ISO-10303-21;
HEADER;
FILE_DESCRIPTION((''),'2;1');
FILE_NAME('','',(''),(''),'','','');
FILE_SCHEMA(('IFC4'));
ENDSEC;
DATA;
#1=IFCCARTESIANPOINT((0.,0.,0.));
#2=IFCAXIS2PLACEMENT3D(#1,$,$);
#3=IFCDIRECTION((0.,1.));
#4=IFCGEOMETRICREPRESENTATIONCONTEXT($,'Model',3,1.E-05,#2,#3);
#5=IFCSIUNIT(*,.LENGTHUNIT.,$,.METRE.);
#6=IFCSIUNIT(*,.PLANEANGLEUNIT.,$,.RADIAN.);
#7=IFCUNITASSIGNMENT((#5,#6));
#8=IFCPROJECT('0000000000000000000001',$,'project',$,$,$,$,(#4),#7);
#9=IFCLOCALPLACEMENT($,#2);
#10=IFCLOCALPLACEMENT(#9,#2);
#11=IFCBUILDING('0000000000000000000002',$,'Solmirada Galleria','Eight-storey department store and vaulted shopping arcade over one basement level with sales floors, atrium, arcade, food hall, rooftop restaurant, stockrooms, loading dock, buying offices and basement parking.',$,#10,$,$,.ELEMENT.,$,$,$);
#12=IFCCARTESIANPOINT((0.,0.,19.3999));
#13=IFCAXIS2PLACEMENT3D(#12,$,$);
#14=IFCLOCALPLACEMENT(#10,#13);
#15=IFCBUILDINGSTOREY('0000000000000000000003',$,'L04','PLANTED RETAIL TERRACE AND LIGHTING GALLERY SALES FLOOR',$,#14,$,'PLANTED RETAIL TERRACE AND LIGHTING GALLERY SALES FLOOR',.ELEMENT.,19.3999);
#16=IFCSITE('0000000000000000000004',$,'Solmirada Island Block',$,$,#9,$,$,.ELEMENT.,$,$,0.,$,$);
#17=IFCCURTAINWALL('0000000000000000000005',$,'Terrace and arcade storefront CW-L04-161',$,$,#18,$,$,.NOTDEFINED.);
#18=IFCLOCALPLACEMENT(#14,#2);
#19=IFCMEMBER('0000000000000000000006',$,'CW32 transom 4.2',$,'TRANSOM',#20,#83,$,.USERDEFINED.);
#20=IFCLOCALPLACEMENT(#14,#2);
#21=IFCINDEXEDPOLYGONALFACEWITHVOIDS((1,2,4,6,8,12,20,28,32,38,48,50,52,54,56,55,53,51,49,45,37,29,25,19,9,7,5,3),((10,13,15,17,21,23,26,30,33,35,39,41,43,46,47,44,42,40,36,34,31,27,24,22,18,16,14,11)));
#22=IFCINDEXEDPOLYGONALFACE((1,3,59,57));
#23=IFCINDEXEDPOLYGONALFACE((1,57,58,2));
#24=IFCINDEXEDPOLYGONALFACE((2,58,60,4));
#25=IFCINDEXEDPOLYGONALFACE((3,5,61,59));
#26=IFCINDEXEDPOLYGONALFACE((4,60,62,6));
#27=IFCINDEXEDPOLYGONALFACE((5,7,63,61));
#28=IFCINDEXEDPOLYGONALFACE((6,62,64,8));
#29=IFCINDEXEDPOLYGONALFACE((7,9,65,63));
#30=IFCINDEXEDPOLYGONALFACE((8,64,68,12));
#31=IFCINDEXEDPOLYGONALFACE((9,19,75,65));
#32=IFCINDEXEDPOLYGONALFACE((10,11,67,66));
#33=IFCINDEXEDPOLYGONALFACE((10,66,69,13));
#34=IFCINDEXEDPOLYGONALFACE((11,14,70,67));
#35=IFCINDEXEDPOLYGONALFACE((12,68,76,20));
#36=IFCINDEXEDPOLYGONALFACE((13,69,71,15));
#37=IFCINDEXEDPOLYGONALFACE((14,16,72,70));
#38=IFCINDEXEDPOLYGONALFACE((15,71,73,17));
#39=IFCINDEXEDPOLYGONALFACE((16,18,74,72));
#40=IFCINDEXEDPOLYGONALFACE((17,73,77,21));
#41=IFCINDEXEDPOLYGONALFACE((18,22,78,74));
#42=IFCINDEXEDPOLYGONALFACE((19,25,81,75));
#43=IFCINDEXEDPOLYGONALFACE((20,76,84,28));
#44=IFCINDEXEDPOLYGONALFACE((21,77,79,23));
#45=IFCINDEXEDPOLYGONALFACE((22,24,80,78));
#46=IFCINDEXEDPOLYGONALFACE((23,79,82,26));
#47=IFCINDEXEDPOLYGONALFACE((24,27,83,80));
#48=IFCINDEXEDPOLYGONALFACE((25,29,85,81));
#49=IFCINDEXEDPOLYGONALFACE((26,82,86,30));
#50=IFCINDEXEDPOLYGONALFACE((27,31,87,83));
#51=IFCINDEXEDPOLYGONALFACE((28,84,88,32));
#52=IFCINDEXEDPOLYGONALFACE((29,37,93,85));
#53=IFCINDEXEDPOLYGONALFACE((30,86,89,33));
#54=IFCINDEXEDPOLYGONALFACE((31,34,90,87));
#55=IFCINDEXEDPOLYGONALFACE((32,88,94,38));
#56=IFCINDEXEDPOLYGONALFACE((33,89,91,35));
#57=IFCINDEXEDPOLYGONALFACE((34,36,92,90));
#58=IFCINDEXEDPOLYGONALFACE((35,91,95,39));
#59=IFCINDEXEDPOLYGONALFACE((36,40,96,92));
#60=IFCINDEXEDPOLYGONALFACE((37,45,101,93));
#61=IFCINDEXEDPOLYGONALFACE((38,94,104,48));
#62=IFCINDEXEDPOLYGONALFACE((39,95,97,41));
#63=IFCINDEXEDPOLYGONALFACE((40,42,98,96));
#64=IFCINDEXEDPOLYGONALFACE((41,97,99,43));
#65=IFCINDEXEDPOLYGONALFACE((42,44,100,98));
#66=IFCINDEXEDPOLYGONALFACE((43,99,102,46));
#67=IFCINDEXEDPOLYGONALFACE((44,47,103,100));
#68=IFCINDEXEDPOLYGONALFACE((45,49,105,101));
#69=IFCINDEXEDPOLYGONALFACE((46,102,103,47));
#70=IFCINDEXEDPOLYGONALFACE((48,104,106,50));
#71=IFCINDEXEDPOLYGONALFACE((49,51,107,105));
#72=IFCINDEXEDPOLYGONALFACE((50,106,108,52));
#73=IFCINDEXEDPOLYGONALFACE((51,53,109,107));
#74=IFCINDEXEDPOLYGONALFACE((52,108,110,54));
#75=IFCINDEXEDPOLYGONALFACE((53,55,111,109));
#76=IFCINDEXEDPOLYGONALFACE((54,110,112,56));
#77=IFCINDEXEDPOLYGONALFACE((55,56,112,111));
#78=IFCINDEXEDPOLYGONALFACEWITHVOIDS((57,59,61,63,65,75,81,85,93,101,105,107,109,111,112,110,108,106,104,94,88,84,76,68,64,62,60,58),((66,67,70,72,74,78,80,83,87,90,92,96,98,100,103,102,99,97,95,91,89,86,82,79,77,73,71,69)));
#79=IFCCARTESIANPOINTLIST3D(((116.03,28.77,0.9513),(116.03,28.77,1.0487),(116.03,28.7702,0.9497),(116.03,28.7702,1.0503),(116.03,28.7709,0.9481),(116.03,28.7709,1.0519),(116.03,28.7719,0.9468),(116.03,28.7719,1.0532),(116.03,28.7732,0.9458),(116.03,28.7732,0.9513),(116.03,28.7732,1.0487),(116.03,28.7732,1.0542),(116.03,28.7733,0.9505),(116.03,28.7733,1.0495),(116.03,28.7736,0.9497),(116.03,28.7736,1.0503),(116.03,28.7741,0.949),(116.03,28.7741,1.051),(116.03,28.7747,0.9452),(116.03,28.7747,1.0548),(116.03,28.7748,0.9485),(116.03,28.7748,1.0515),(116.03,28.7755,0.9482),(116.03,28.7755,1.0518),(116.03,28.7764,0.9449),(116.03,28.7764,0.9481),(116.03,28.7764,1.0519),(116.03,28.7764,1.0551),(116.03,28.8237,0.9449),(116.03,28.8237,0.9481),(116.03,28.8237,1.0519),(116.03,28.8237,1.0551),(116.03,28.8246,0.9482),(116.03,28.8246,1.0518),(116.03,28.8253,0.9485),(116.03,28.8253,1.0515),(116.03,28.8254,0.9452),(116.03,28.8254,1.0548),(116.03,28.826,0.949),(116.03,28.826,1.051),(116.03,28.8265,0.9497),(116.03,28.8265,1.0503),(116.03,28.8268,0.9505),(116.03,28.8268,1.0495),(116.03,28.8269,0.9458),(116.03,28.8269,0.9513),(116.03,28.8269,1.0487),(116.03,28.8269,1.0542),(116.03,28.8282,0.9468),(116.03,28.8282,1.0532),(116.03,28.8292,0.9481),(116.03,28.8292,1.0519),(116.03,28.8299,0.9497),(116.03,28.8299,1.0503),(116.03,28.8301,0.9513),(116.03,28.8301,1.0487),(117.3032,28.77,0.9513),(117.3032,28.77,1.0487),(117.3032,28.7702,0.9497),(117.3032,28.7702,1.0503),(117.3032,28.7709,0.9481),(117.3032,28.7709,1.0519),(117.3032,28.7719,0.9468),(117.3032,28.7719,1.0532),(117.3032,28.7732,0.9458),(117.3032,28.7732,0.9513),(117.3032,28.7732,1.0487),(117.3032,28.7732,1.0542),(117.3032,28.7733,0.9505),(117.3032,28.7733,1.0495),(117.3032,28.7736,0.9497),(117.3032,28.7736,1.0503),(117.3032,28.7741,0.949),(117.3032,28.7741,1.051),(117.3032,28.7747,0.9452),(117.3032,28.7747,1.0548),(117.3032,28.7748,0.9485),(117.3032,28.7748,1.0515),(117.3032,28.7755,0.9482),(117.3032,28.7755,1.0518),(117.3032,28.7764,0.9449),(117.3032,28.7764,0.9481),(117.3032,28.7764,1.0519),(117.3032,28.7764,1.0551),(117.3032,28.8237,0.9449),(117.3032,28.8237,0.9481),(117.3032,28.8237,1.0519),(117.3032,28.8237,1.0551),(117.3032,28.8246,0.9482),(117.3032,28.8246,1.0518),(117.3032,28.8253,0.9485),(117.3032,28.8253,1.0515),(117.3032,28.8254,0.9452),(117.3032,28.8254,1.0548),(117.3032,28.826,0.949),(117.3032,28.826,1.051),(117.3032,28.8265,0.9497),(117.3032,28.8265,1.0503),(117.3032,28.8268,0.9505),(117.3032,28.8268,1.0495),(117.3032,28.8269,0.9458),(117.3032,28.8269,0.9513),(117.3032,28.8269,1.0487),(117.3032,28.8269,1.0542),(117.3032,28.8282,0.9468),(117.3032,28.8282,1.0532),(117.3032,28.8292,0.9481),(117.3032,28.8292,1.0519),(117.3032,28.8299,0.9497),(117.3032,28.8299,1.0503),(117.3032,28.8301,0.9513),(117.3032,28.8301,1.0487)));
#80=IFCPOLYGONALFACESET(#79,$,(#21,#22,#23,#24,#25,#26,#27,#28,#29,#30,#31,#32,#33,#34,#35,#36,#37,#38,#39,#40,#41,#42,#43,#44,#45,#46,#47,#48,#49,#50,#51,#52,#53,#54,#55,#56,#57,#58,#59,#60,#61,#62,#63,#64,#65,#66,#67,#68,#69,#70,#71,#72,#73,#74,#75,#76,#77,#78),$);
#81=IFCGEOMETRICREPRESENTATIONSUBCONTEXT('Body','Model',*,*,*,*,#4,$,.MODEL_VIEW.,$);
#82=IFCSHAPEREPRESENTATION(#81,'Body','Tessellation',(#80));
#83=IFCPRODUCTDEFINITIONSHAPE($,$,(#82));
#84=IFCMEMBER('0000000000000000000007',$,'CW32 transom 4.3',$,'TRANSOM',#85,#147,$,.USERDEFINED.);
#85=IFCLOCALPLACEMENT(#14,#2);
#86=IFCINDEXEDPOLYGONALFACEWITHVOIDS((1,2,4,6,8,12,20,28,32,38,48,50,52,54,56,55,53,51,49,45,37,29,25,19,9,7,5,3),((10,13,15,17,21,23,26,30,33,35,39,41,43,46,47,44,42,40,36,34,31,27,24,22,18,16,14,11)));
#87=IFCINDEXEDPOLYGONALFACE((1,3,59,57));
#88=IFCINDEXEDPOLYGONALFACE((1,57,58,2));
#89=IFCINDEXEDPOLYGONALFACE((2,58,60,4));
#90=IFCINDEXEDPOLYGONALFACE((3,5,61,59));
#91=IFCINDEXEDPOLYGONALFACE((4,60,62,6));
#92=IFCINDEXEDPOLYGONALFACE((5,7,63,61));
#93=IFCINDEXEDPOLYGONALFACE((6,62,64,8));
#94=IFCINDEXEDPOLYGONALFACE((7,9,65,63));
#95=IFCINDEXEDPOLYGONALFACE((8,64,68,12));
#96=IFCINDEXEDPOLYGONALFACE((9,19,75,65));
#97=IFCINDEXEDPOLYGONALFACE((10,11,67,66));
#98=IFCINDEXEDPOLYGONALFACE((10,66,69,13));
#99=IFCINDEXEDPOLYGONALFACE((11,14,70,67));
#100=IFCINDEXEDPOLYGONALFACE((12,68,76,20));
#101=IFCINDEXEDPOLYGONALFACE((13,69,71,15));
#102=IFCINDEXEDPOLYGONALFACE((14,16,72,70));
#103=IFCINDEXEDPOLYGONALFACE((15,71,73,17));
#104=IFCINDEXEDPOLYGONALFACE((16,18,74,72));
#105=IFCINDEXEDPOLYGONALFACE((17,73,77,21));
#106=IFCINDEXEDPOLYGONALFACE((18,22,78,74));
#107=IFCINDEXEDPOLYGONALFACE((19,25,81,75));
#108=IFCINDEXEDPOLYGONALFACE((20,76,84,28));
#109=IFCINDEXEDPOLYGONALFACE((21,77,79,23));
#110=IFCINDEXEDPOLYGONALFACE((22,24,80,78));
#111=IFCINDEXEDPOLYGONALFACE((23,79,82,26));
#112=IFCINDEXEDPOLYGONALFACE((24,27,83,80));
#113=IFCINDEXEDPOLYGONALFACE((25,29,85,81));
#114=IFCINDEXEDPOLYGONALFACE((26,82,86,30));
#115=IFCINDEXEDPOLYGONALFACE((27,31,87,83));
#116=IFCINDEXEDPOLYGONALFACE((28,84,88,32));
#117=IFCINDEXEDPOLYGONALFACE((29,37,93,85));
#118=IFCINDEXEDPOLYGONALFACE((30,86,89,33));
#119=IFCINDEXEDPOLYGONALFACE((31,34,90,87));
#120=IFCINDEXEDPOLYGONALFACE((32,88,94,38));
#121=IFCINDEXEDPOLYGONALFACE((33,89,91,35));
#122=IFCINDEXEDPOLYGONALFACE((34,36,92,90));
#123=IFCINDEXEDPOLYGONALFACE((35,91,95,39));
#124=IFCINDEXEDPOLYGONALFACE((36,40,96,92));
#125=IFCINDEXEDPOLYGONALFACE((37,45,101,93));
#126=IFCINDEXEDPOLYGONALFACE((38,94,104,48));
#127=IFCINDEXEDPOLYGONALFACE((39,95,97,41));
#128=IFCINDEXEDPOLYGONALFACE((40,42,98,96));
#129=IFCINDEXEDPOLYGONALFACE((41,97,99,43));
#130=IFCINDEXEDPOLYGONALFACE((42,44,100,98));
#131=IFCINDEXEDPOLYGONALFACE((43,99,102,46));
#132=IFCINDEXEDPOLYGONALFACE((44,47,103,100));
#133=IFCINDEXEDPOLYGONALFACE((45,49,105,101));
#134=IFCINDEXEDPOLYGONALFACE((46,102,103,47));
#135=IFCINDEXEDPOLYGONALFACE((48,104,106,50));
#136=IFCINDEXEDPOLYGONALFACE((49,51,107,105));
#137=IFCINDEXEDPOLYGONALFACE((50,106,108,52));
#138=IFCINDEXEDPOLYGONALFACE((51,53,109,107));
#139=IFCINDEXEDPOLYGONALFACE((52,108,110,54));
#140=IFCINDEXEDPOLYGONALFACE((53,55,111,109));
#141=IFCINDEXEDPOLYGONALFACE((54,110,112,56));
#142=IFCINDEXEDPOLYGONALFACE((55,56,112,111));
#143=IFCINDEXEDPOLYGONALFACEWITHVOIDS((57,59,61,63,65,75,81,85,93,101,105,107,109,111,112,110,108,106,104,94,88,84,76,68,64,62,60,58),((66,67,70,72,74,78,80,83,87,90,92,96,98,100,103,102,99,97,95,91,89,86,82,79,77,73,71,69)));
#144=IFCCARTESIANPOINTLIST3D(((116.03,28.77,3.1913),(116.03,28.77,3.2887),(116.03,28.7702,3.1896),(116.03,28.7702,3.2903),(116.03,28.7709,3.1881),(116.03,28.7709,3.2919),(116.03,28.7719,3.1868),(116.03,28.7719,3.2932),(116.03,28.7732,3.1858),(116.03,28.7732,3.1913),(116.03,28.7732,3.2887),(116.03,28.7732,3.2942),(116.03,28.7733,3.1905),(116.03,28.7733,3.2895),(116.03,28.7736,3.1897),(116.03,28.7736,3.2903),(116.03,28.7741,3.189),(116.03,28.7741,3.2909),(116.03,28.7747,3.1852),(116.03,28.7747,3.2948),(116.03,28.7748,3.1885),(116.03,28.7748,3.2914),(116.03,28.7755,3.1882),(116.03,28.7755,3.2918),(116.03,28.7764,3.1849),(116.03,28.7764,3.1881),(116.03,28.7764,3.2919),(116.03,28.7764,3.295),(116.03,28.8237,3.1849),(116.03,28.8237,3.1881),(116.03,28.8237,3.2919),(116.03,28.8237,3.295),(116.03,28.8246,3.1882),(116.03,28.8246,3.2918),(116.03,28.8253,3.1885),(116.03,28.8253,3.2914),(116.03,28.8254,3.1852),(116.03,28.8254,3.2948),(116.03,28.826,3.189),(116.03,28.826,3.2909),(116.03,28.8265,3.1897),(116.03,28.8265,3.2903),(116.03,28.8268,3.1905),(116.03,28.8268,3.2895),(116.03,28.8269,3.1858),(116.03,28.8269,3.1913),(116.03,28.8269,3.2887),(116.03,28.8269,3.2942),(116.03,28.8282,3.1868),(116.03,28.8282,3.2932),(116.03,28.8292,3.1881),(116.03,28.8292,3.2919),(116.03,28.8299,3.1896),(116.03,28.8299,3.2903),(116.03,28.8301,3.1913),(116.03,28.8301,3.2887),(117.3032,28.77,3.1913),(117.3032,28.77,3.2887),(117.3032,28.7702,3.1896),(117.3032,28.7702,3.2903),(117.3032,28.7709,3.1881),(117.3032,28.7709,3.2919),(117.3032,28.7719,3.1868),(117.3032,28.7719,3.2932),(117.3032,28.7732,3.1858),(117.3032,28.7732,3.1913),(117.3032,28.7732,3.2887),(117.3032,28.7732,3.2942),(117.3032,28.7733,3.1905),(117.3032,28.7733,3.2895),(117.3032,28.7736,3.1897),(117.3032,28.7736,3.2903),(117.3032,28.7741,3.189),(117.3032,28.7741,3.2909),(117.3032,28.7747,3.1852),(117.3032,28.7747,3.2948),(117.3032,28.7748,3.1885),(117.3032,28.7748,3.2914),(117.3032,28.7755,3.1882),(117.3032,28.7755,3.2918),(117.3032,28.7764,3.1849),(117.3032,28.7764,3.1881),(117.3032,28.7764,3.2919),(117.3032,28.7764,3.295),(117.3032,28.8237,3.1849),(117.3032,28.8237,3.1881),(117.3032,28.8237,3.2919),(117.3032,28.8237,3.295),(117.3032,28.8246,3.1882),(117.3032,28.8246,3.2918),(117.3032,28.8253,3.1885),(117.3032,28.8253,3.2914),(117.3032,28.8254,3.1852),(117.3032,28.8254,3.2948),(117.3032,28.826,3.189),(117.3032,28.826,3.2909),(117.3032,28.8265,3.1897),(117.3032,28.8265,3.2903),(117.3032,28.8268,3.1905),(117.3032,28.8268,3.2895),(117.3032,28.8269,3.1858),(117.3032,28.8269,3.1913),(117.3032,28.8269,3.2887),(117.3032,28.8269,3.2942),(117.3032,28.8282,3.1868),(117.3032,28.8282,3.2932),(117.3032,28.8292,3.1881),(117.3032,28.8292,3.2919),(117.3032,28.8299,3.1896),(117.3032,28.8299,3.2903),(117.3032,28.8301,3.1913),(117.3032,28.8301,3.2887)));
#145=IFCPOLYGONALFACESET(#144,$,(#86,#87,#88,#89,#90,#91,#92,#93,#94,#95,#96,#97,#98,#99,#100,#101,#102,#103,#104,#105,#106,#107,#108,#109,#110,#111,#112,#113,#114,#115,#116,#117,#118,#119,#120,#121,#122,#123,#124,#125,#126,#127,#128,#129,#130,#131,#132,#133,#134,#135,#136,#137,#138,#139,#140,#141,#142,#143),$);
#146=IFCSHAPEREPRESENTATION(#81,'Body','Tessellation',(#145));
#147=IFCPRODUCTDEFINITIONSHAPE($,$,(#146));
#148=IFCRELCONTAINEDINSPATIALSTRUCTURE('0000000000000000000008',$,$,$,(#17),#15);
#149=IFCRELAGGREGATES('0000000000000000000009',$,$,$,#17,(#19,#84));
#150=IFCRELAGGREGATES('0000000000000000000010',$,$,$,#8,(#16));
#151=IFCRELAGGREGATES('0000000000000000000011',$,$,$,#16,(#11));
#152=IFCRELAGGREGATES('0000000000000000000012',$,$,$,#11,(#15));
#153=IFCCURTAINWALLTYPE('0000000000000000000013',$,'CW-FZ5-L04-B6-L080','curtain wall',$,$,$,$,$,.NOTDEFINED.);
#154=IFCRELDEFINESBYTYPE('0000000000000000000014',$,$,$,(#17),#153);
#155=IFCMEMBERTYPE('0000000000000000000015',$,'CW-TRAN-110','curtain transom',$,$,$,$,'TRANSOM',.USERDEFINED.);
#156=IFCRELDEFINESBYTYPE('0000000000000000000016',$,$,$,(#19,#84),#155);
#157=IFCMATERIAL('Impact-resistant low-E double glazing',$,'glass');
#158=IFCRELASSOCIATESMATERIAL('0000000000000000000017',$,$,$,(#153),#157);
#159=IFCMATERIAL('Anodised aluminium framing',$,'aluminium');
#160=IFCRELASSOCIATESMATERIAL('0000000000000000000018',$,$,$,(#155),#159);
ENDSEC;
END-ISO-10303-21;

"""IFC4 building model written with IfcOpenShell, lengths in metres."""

from ifc_helpers import new_model, si_unit, direction, frame, origin, origin_2d, place, context, subcontext, project, spatial, hollow_rectangle, extrude, material, material_profile, profile_set, type_object, element, aggregate, save


model = new_model("IFC4")

# Units and contexts
model_context = context("Model", 3, precision=1e-05, world=origin(), true_north=direction((0.0, 1.0)))
body_context = subcontext(model_context, "Body", "Model", "MODEL_VIEW")
ifc_project = project(units=[si_unit("LENGTHUNIT", "METRE"), si_unit("PLANEANGLEUNIT", "RADIAN")], contexts=[model_context])

# Site, building, storey
site_placement = place(None, origin())
site = spatial("IfcSite", under=ifc_project, at=site_placement, Name="Solmirada Island Block", CompositionType="ELEMENT", RefElevation=0.0)
building_placement = place(site_placement, origin())
building = spatial("IfcBuilding", under=site, at=building_placement, Name="Solmirada Galleria", Description="Eight-storey department store and vaulted shopping arcade over one basement level with sales floors, atrium, arcade, food hall, rooftop restaurant, stockrooms, loading dock, buying offices and basement parking.", CompositionType="ELEMENT")
storey_placement = place(building_placement, frame((0.0, 0.0, 19.3999)))
storey = spatial("IfcBuildingStorey", under=building, at=storey_placement, Name="L04", Description="PLANTED RETAIL TERRACE AND LIGHTING GALLERY SALES FLOOR", LongName="PLANTED RETAIL TERRACE AND LIGHTING GALLERY SALES FLOOR", CompositionType="ELEMENT", Elevation=19.3999)

# Curtain wall, members
ifc_material_1 = material(Name="Impact-resistant low-E double glazing", Category="glass")
curtain_wall_type = type_object("IfcCurtainWallType", Name="CW-FZ5-L04-B6-L080", Description="curtain wall", PredefinedType="NOTDEFINED", material=ifc_material_1)
curtain_wall_placement = place(storey_placement, origin())
curtain_wall = element("IfcCurtainWall", 1, at=curtain_wall_placement, inside=storey, type_object=curtain_wall_type, Name="Terrace and arcade storefront CW-L04-161", PredefinedType="NOTDEFINED")
ifc_material_2 = material(Name="Anodised aluminium framing", Category="aluminium")
ifc_material_profile_1 = material_profile(ifc_material_2, hollow_rectangle(XDim=0.0601, YDim=0.1101, WallThickness=0.0032, InnerFilletRadius=0.0032, OuterFilletRadius=0.0063, at=origin_2d()), Name="ALU-TRAN-110X60")
ifc_profile_set_1 = profile_set([ifc_material_profile_1], Name="Anodised aluminium framing")
member_type_1 = type_object("IfcMemberType", Name="CW-TRAN-110", Description="curtain transom", ElementType="TRANSOM", PredefinedType="USERDEFINED", material=ifc_profile_set_1)
member_1_placement = place(storey_placement, frame((116.03, 28.8, 1.0), z_axis=(1.0, 0.0, 0.0), x_axis=(0.0, 1.0, 0.0)))
member_1 = element("IfcMember", 2, at=member_1_placement, type_object=member_type_1, Name="CW32 transom 4.2", ObjectType="TRANSOM", PredefinedType="USERDEFINED", context=body_context, shape_type="SweptSolid", body=[
    extrude(hollow_rectangle(XDim=0.0601, YDim=0.1101, WallThickness=0.0032, InnerFilletRadius=0.0032, OuterFilletRadius=0.0063, at=origin_2d()), origin(), (0.0, 0.0, 1.0), 1.2732),
])
member_2_placement = place(storey_placement, frame((116.03, 28.8, 3.24), z_axis=(1.0, 0.0, 0.0), x_axis=(0.0, 1.0, 0.0)))
member_2 = element("IfcMember", 3, at=member_2_placement, type_object=member_type_1, Name="CW32 transom 4.3", ObjectType="TRANSOM", PredefinedType="USERDEFINED", context=body_context, shape_type="SweptSolid", body=[
    extrude(hollow_rectangle(XDim=0.0601, YDim=0.1101, WallThickness=0.0032, InnerFilletRadius=0.0032, OuterFilletRadius=0.0063, at=origin_2d()), origin(), (0.0, 0.0, 1.0), 1.2732),
])
aggregate(curtain_wall, [member_1, member_2])

save(model, "model.ifc")
